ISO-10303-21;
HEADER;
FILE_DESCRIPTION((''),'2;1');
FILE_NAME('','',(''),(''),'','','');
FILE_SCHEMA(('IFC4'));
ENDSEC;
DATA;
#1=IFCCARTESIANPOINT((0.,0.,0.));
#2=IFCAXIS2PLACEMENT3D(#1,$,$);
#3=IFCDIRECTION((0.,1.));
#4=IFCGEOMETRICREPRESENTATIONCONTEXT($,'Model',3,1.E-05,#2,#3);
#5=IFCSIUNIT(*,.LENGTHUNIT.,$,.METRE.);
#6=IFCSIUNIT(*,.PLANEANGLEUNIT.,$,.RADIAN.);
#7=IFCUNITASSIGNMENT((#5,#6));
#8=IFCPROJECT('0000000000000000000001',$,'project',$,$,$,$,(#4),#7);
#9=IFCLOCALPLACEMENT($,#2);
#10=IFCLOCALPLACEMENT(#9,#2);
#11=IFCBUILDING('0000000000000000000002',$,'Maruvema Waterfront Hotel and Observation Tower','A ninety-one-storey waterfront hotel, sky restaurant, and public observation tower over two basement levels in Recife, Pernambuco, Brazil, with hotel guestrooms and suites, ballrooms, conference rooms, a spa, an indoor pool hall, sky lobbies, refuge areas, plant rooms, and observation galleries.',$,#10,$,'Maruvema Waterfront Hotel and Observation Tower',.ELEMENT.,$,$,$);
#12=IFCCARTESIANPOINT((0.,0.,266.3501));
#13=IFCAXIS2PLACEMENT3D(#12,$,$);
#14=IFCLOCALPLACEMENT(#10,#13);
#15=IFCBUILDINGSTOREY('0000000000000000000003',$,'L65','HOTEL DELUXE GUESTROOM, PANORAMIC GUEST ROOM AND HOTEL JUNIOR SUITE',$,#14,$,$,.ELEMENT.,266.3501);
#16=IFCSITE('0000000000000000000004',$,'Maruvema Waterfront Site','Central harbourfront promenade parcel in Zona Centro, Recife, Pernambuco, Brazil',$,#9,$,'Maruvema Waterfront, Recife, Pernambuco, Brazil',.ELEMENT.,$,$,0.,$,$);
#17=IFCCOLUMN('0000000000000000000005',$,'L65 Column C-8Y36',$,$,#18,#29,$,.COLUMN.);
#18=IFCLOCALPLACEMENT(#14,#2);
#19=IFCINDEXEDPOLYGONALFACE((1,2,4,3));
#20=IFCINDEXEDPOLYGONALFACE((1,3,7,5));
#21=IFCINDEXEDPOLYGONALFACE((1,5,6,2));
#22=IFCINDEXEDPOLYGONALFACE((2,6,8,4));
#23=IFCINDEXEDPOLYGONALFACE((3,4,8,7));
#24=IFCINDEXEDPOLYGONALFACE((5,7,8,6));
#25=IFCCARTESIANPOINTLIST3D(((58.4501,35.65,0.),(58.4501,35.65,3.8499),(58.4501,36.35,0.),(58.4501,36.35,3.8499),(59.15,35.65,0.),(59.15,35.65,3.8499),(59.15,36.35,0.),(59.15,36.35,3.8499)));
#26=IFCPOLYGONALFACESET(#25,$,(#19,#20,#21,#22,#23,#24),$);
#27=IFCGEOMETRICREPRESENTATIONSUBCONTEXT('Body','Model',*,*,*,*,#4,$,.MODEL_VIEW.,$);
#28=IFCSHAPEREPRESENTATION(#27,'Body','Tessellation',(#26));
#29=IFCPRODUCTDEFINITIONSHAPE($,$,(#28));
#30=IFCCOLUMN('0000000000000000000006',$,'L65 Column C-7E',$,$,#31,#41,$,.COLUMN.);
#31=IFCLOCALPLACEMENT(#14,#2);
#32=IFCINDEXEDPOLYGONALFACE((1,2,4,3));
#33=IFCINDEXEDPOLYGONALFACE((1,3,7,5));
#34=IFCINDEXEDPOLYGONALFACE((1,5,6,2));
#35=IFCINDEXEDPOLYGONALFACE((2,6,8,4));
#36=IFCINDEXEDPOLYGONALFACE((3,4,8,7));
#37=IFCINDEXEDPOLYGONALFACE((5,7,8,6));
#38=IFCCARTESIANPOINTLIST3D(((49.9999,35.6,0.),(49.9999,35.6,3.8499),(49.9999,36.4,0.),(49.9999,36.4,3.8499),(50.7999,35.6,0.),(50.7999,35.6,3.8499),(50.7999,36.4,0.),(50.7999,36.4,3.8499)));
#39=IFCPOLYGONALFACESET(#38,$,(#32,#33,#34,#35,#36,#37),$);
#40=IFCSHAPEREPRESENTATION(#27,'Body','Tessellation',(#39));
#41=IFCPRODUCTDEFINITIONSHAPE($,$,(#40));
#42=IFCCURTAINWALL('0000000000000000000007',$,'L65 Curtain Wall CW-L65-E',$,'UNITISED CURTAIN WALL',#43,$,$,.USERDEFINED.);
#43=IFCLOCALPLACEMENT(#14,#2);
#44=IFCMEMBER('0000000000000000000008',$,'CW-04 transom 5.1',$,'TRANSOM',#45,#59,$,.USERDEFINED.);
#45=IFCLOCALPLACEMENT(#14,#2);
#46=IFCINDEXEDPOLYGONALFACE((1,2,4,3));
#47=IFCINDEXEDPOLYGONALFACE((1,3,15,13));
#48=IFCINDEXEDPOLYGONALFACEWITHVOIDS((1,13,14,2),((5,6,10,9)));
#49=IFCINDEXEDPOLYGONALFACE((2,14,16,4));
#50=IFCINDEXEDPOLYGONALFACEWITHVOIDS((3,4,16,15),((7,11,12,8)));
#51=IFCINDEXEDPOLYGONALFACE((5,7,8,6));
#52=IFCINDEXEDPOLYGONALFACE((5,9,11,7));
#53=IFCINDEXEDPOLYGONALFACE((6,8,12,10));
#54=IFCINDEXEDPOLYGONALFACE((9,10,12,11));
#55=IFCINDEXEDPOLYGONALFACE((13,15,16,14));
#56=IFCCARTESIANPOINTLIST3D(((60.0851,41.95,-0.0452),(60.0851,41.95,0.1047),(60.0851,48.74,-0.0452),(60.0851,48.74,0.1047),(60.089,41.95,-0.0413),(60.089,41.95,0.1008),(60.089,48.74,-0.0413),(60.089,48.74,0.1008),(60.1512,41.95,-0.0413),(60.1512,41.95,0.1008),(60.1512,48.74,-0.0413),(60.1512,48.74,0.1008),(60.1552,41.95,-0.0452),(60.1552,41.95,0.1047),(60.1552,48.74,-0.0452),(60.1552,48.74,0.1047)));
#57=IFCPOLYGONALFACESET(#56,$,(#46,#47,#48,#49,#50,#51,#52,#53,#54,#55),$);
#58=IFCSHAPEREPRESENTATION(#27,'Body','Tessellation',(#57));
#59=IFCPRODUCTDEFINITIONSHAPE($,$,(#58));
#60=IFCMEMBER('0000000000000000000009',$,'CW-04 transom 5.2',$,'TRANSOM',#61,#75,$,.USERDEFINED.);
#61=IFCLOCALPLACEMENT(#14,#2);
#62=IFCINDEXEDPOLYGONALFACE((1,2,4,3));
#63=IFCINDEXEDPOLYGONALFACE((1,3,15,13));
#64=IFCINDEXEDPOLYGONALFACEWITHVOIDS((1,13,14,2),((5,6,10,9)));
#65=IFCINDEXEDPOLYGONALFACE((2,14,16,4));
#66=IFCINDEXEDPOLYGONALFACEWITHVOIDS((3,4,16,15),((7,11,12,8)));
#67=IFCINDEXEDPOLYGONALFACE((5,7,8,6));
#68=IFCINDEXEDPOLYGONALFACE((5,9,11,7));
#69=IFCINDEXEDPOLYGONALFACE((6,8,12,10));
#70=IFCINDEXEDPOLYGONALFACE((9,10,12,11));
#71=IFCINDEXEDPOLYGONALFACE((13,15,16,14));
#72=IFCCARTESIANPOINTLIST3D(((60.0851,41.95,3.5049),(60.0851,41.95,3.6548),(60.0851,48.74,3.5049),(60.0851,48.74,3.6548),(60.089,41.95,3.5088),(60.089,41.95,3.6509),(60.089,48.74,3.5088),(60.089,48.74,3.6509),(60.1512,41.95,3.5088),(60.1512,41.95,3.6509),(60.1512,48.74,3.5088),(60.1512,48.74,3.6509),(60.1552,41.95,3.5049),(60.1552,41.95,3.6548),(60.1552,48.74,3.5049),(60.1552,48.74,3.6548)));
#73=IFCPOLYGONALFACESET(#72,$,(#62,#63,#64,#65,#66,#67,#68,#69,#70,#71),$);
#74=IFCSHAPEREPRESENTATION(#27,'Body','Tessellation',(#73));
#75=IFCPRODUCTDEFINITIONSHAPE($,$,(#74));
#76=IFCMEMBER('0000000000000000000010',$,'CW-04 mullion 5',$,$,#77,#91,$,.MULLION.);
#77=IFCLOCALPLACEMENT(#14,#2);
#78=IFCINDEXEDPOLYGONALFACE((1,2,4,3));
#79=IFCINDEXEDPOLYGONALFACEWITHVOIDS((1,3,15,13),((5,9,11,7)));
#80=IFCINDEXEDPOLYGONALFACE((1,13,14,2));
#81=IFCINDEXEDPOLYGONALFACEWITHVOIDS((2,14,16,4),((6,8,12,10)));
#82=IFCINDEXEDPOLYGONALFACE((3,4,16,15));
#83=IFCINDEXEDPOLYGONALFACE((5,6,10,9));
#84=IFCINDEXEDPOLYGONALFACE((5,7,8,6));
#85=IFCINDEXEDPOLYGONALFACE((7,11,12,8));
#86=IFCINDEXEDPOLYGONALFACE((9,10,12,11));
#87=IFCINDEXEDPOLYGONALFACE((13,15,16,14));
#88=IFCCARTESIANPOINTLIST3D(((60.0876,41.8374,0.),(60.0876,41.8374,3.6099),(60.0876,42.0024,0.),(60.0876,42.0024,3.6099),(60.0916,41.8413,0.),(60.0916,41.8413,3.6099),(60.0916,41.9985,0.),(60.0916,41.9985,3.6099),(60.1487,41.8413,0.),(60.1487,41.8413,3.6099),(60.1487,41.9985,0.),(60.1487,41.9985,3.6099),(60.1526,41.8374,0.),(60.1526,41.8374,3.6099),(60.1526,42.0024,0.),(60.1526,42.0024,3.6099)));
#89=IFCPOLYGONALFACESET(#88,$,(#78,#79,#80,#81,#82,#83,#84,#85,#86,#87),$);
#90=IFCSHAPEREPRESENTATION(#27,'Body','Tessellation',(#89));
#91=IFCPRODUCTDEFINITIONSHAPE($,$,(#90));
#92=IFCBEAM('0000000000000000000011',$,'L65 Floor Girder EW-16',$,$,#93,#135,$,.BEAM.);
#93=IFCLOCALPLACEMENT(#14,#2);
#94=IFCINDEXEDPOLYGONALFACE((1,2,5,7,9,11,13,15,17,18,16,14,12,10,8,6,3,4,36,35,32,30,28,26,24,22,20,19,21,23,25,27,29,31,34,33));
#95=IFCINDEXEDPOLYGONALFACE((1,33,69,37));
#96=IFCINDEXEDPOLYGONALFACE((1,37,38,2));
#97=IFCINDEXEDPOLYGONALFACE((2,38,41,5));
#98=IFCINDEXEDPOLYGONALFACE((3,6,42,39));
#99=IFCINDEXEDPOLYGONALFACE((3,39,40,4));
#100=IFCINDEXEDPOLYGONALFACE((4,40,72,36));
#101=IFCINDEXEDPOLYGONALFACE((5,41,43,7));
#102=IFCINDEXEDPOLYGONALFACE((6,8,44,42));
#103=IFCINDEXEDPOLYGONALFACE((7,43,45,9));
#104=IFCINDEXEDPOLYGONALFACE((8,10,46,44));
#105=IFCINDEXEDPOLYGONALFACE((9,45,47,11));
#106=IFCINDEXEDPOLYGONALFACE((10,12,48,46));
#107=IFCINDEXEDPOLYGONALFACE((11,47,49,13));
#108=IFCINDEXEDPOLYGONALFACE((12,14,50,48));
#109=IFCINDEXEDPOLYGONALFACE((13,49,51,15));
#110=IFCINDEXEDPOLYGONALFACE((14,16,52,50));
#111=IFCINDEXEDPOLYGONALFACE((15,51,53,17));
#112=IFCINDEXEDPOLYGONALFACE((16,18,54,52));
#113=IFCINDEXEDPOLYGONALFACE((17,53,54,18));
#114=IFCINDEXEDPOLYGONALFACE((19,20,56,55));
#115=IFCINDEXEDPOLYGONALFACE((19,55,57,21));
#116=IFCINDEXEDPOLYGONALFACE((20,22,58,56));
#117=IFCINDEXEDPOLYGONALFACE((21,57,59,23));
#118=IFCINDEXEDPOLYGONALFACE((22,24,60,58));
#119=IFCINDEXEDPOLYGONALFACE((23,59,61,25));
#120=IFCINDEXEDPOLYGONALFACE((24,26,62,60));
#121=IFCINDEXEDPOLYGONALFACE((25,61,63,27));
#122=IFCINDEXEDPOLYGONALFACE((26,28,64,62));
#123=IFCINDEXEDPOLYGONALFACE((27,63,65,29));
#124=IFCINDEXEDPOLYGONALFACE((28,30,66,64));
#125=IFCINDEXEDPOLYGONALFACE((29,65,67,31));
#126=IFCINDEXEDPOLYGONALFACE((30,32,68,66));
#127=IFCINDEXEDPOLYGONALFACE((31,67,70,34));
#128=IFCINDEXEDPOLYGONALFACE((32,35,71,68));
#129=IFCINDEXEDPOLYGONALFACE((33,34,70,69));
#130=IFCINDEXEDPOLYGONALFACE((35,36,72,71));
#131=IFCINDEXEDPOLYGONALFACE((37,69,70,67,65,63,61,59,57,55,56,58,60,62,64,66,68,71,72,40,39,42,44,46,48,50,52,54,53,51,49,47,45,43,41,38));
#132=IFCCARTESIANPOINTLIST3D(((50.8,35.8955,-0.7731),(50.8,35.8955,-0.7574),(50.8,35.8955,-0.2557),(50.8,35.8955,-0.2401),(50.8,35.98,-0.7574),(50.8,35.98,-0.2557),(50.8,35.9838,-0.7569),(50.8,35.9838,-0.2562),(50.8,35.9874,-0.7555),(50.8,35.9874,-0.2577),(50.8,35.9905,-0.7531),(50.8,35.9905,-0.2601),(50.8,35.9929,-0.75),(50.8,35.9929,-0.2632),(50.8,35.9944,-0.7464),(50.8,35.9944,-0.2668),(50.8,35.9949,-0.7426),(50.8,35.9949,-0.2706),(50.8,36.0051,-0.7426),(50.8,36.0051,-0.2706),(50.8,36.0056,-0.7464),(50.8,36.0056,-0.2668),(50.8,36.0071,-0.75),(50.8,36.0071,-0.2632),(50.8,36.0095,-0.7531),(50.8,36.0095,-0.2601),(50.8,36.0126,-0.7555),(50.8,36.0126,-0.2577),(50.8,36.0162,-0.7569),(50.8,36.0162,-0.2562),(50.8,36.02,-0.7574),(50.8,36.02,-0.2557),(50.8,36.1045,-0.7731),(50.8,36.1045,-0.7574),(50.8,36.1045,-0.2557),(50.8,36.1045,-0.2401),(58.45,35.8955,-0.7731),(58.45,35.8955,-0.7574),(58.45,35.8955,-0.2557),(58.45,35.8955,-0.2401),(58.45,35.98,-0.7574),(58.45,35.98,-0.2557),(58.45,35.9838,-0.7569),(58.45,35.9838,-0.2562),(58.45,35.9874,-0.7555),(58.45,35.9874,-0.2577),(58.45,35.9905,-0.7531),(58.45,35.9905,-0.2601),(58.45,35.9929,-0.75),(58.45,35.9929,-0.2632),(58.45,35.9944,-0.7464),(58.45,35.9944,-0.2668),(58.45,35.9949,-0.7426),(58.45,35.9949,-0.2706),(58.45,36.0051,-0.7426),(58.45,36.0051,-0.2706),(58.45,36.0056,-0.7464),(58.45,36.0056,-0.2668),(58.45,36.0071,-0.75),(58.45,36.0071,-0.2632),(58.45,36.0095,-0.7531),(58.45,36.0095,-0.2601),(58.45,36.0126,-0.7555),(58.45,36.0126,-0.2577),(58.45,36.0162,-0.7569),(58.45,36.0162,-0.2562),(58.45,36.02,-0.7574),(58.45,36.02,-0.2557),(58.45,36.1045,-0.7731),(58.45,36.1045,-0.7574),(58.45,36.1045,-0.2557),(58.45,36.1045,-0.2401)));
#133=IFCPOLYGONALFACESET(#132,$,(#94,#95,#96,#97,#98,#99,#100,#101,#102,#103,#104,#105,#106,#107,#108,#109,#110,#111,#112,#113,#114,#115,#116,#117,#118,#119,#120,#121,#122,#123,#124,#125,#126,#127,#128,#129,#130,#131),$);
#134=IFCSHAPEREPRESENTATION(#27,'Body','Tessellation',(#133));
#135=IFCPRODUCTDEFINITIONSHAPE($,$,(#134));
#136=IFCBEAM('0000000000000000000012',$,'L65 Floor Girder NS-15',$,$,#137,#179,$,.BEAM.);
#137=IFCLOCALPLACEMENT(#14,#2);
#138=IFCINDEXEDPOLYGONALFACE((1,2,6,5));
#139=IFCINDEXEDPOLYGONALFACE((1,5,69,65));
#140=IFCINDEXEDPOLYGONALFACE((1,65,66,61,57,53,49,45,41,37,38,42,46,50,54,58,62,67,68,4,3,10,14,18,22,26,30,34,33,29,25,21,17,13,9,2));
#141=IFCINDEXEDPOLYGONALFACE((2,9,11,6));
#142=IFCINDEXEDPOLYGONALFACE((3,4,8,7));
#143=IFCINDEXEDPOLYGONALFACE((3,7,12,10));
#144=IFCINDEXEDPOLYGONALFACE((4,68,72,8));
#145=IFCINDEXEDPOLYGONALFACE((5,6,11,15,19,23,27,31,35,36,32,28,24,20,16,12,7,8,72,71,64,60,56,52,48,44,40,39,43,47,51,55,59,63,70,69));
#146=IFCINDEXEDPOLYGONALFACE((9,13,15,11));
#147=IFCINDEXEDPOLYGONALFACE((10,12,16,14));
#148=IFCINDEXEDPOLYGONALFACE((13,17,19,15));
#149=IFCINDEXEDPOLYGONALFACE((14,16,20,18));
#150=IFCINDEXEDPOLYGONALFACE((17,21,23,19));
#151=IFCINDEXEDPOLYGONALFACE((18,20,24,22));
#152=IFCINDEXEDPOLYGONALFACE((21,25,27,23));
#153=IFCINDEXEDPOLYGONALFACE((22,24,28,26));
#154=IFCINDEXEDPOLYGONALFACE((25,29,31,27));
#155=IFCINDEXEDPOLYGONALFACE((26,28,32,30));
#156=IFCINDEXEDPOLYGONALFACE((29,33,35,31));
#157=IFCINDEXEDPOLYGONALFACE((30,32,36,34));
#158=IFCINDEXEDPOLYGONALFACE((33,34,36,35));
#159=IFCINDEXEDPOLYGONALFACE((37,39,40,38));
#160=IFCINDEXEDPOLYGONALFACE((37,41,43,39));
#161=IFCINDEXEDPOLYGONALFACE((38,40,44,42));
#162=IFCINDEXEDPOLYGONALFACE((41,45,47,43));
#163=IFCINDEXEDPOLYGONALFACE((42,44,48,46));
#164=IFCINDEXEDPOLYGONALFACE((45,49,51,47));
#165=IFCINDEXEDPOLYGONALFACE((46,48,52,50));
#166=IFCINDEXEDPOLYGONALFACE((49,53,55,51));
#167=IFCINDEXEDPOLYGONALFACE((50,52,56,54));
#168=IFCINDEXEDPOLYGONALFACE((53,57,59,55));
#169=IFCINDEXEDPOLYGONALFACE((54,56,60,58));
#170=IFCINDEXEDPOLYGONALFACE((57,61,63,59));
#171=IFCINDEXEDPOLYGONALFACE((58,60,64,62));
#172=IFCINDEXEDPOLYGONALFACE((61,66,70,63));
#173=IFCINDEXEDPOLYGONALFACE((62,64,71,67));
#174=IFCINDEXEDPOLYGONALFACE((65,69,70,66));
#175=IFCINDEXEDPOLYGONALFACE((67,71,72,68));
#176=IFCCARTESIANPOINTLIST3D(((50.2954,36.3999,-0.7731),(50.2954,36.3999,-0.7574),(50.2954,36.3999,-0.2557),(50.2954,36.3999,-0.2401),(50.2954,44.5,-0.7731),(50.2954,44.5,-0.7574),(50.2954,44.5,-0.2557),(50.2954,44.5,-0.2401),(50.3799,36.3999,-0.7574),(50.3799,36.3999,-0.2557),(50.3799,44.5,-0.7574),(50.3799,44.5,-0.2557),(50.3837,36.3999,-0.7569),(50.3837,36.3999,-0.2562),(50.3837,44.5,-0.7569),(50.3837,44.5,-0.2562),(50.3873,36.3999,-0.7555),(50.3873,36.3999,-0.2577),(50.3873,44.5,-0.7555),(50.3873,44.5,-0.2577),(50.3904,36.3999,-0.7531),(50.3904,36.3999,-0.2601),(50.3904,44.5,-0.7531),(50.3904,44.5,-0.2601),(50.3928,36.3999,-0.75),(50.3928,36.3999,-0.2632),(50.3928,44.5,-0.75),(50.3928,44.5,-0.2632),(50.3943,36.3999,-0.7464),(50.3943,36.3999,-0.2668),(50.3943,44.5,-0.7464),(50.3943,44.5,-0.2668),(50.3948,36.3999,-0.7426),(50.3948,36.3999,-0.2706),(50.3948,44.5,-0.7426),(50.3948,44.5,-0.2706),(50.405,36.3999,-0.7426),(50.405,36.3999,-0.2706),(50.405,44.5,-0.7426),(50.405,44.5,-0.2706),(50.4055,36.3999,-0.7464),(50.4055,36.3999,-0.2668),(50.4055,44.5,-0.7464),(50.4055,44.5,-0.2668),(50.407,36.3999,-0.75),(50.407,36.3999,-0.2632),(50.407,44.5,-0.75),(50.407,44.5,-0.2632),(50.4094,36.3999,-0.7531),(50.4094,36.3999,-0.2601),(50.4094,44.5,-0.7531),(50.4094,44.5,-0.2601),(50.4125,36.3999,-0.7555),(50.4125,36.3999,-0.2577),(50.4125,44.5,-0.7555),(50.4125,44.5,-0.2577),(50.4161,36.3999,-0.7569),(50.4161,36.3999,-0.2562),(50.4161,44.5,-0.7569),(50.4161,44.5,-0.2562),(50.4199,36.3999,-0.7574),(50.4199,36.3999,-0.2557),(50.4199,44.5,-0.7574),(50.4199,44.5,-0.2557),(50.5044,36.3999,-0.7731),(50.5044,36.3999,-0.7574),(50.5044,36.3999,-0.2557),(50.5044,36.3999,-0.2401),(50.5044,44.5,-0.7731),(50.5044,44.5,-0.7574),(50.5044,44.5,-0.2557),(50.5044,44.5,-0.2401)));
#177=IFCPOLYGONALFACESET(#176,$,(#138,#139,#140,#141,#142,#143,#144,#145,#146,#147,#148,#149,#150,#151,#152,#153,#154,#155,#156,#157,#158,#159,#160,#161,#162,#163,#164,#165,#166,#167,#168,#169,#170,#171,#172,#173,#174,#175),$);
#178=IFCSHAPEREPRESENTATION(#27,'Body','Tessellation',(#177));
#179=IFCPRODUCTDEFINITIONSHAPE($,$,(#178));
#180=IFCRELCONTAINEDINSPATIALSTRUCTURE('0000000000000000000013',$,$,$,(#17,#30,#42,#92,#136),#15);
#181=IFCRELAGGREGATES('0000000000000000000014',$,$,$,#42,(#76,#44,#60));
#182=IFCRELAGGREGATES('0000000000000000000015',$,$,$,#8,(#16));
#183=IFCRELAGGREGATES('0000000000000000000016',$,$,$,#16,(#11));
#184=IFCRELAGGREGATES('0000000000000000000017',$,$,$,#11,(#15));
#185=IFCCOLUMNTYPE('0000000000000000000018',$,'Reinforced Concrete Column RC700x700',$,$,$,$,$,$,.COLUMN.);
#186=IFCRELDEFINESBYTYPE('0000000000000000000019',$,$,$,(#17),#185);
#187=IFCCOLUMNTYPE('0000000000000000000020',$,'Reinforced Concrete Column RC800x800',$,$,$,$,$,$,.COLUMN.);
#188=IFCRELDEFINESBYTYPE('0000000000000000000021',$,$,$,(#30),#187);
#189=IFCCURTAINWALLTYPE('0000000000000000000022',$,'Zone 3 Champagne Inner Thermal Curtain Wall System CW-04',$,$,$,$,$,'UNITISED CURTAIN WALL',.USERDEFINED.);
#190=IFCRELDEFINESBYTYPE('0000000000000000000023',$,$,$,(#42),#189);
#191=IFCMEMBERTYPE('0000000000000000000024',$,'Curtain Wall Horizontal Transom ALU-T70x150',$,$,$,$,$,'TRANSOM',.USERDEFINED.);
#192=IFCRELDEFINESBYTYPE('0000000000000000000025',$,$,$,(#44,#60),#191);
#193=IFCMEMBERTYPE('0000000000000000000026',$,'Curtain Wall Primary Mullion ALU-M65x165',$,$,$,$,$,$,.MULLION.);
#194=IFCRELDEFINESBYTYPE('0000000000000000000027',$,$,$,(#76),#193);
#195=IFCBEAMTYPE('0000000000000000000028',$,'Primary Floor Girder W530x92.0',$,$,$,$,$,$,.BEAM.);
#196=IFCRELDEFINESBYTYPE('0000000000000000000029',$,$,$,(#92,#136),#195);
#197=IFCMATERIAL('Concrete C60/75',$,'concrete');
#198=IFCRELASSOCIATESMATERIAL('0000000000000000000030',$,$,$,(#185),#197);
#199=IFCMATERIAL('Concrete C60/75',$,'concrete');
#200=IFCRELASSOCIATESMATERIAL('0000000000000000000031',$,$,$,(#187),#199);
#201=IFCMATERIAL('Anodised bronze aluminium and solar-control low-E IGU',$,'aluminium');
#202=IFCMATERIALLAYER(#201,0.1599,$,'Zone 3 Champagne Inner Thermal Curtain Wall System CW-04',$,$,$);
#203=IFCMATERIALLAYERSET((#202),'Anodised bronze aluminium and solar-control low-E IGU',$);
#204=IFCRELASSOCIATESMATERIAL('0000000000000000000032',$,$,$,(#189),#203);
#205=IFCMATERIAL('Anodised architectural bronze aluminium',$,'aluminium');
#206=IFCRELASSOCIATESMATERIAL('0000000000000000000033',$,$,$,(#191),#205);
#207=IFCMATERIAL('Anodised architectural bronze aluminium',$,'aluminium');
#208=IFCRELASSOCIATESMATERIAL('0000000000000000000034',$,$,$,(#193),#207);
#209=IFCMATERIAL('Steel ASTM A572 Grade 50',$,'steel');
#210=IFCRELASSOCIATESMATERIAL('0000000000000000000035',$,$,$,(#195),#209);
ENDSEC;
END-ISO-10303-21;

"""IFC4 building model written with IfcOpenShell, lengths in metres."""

from ifc_helpers import new_model, si_unit, direction, frame, origin, origin_2d, place, context, subcontext, project, spatial, rectangle, hollow_rectangle, i_section, extrude, material, layer, layer_set, material_profile, profile_set, type_object, element, aggregate, save


model = new_model("IFC4")

# Units and contexts
model_context = context("Model", 3, precision=1e-05, world=origin(), true_north=direction((0.0, 1.0)))
body_context = subcontext(model_context, "Body", "Model", "MODEL_VIEW")
ifc_project = project(units=[si_unit("LENGTHUNIT", "METRE"), si_unit("PLANEANGLEUNIT", "RADIAN")], contexts=[model_context])

# Site, building, storey
site_placement = place(None, origin())
site = spatial("IfcSite", under=ifc_project, at=site_placement, Name="Maruvema Waterfront Site", Description="Central harbourfront promenade parcel in Zona Centro, Recife, Pernambuco, Brazil", LongName="Maruvema Waterfront, Recife, Pernambuco, Brazil", CompositionType="ELEMENT", RefElevation=0.0)
building_placement = place(site_placement, origin())
building = spatial("IfcBuilding", under=site, at=building_placement, Name="Maruvema Waterfront Hotel and Observation Tower", Description="A ninety-one-storey waterfront hotel, sky restaurant, and public observation tower over two basement levels in Recife, Pernambuco, Brazil, with hotel guestrooms and suites, ballrooms, conference rooms, a spa, an indoor pool hall, sky lobbies, refuge areas, plant rooms, and observation galleries.", LongName="Maruvema Waterfront Hotel and Observation Tower", CompositionType="ELEMENT")
storey_placement = place(building_placement, frame((0.0, 0.0, 266.3501)))
storey = spatial("IfcBuildingStorey", under=building, at=storey_placement, Name="L65", Description="HOTEL DELUXE GUESTROOM, PANORAMIC GUEST ROOM AND HOTEL JUNIOR SUITE", CompositionType="ELEMENT", Elevation=266.3501)

# Columns
ifc_material_1 = material(Name="Concrete C60/75", Category="concrete")
ifc_material_profile_1 = material_profile(ifc_material_1, rectangle(XDim=0.7, YDim=0.7, at=origin_2d()), Name="RC700x700")
ifc_profile_set_1 = profile_set([ifc_material_profile_1], Name="Concrete C60/75")
column_type_1 = type_object("IfcColumnType", Name="Reinforced Concrete Column RC700x700", PredefinedType="COLUMN", material=ifc_profile_set_1)
column_1_placement = place(storey_placement, frame((58.8, 36.0, 0.0), z_axis=(0.0, 0.0, 1.0), x_axis=(1.0, 0.0, 0.0)))
element("IfcColumn", 1, at=column_1_placement, inside=storey, type_object=column_type_1, Name="L65 Column C-8Y36", PredefinedType="COLUMN", context=body_context, shape_type="SweptSolid", body=[
    extrude(rectangle(XDim=0.7, YDim=0.7, at=origin_2d()), origin(), (0.0, 0.0, 1.0), 3.8499),
])
ifc_material_2 = material(Name="Concrete C60/75", Category="concrete")
ifc_material_profile_2 = material_profile(ifc_material_2, rectangle(XDim=0.8, YDim=0.8, at=origin_2d()), Name="RC800x800")
ifc_profile_set_2 = profile_set([ifc_material_profile_2], Name="Concrete C60/75")
column_type_2 = type_object("IfcColumnType", Name="Reinforced Concrete Column RC800x800", PredefinedType="COLUMN", material=ifc_profile_set_2)
column_2_placement = place(storey_placement, frame((50.3999, 36.0, 0.0), z_axis=(0.0, 0.0, 1.0), x_axis=(1.0, 0.0, 0.0)))
element("IfcColumn", 2, at=column_2_placement, inside=storey, type_object=column_type_2, Name="L65 Column C-7E", PredefinedType="COLUMN", context=body_context, shape_type="SweptSolid", body=[
    extrude(rectangle(XDim=0.8, YDim=0.8, at=origin_2d()), origin(), (0.0, 0.0, 1.0), 3.8499),
])

# Curtain wall, members
ifc_material_3 = material(Name="Anodised bronze aluminium and solar-control low-E IGU", Category="aluminium")
ifc_layer_1 = layer(ifc_material_3, 0.1599, Name="Zone 3 Champagne Inner Thermal Curtain Wall System CW-04")
ifc_layer_set_1 = layer_set([ifc_layer_1], Name="Anodised bronze aluminium and solar-control low-E IGU")
curtain_wall_type = type_object("IfcCurtainWallType", Name="Zone 3 Champagne Inner Thermal Curtain Wall System CW-04", ElementType="UNITISED CURTAIN WALL", PredefinedType="USERDEFINED", material=ifc_layer_set_1)
curtain_wall_placement = place(storey_placement, origin())
curtain_wall = element("IfcCurtainWall", 3, at=curtain_wall_placement, inside=storey, type_object=curtain_wall_type, Name="L65 Curtain Wall CW-L65-E", ObjectType="UNITISED CURTAIN WALL", PredefinedType="USERDEFINED")
ifc_material_4 = material(Name="Anodised architectural bronze aluminium", Category="aluminium")
ifc_material_profile_3 = material_profile(ifc_material_4, hollow_rectangle(XDim=0.0701, YDim=0.1499, WallThickness=0.0039, at=origin_2d()), Name="ALU-T70x150")
ifc_profile_set_3 = profile_set([ifc_material_profile_3], Name="Anodised architectural bronze aluminium")
member_type_1 = type_object("IfcMemberType", Name="Curtain Wall Horizontal Transom ALU-T70x150", ElementType="TRANSOM", PredefinedType="USERDEFINED", material=ifc_profile_set_3)
member_1_placement = place(storey_placement, frame((60.1201, 41.95, 0.0298), z_axis=(0.0, 1.0, 0.0), x_axis=(-1.0, 0.0, 0.0)))
member_1 = element("IfcMember", 4, at=member_1_placement, type_object=member_type_1, Name="CW-04 transom 5.1", ObjectType="TRANSOM", PredefinedType="USERDEFINED", context=body_context, shape_type="SweptSolid", body=[
    extrude(hollow_rectangle(XDim=0.0701, YDim=0.1499, WallThickness=0.0039, at=origin_2d()), origin(), (0.0, 0.0, 1.0), 6.79),
])
member_2_placement = place(storey_placement, frame((60.1201, 41.95, 3.5798), z_axis=(0.0, 1.0, 0.0), x_axis=(-1.0, 0.0, 0.0)))
member_2 = element("IfcMember", 5, at=member_2_placement, type_object=member_type_1, Name="CW-04 transom 5.2", ObjectType="TRANSOM", PredefinedType="USERDEFINED", context=body_context, shape_type="SweptSolid", body=[
    extrude(hollow_rectangle(XDim=0.0701, YDim=0.1499, WallThickness=0.0039, at=origin_2d()), origin(), (0.0, 0.0, 1.0), 6.79),
])
ifc_material_5 = material(Name="Anodised architectural bronze aluminium", Category="aluminium")
ifc_material_profile_4 = material_profile(ifc_material_5, hollow_rectangle(XDim=0.0649, YDim=0.165, WallThickness=0.0039, at=origin_2d()), Name="ALU-M65x165")
ifc_profile_set_4 = profile_set([ifc_material_profile_4], Name="Anodised architectural bronze aluminium")
member_type_2 = type_object("IfcMemberType", Name="Curtain Wall Primary Mullion ALU-M65x165", PredefinedType="MULLION", material=ifc_profile_set_4)
member_3_placement = place(storey_placement, frame((60.1201, 41.9199, 0.0), z_axis=(0.0, 0.0, 1.0), x_axis=(-1.0, 0.0, 0.0)))
member_3 = element("IfcMember", 6, at=member_3_placement, type_object=member_type_2, Name="CW-04 mullion 5", PredefinedType="MULLION", context=body_context, shape_type="SweptSolid", body=[
    extrude(hollow_rectangle(XDim=0.0649, YDim=0.165, WallThickness=0.0039, at=origin_2d()), origin(), (0.0, 0.0, 1.0), 3.6099),
])

# Beams
ifc_material_6 = material(Name="Steel ASTM A572 Grade 50", Category="steel")
ifc_material_profile_5 = material_profile(ifc_material_6, i_section(OverallWidth=0.209, OverallDepth=0.533, WebThickness=0.0103, FlangeThickness=0.0156, FilletRadius=0.0149, at=origin_2d()), Name="W530x92.0")
ifc_profile_set_5 = profile_set([ifc_material_profile_5], Name="Steel ASTM A572 Grade 50")
beam_type_1 = type_object("IfcBeamType", Name="Primary Floor Girder W530x92.0", PredefinedType="BEAM", material=ifc_profile_set_5)
beam_1_placement = place(storey_placement, frame((50.8, 36.0, -0.5066), z_axis=(1.0, 0.0, 0.0), x_axis=(0.0, 1.0, 0.0)))
element("IfcBeam", 7, at=beam_1_placement, inside=storey, type_object=beam_type_1, Name="L65 Floor Girder EW-16", PredefinedType="BEAM", context=body_context, shape_type="SweptSolid", body=[
    extrude(i_section(OverallWidth=0.209, OverallDepth=0.533, WebThickness=0.0103, FlangeThickness=0.0156, FilletRadius=0.0149, at=origin_2d()), origin(), (0.0, 0.0, 1.0), 7.6499),
])
beam_2_placement = place(storey_placement, frame((50.3999, 36.3999, -0.5066), z_axis=(0.0, 1.0, 0.0), x_axis=(-1.0, 0.0, 0.0)))
element("IfcBeam", 8, at=beam_2_placement, inside=storey, type_object=beam_type_1, Name="L65 Floor Girder NS-15", PredefinedType="BEAM", context=body_context, shape_type="SweptSolid", body=[
    extrude(i_section(OverallWidth=0.209, OverallDepth=0.533, WebThickness=0.0103, FlangeThickness=0.0156, FilletRadius=0.0149, at=origin_2d()), origin(), (0.0, 0.0, 1.0), 8.1001),
])

aggregate(curtain_wall, [member_3, member_1, member_2])

save(model, "model.ifc")
